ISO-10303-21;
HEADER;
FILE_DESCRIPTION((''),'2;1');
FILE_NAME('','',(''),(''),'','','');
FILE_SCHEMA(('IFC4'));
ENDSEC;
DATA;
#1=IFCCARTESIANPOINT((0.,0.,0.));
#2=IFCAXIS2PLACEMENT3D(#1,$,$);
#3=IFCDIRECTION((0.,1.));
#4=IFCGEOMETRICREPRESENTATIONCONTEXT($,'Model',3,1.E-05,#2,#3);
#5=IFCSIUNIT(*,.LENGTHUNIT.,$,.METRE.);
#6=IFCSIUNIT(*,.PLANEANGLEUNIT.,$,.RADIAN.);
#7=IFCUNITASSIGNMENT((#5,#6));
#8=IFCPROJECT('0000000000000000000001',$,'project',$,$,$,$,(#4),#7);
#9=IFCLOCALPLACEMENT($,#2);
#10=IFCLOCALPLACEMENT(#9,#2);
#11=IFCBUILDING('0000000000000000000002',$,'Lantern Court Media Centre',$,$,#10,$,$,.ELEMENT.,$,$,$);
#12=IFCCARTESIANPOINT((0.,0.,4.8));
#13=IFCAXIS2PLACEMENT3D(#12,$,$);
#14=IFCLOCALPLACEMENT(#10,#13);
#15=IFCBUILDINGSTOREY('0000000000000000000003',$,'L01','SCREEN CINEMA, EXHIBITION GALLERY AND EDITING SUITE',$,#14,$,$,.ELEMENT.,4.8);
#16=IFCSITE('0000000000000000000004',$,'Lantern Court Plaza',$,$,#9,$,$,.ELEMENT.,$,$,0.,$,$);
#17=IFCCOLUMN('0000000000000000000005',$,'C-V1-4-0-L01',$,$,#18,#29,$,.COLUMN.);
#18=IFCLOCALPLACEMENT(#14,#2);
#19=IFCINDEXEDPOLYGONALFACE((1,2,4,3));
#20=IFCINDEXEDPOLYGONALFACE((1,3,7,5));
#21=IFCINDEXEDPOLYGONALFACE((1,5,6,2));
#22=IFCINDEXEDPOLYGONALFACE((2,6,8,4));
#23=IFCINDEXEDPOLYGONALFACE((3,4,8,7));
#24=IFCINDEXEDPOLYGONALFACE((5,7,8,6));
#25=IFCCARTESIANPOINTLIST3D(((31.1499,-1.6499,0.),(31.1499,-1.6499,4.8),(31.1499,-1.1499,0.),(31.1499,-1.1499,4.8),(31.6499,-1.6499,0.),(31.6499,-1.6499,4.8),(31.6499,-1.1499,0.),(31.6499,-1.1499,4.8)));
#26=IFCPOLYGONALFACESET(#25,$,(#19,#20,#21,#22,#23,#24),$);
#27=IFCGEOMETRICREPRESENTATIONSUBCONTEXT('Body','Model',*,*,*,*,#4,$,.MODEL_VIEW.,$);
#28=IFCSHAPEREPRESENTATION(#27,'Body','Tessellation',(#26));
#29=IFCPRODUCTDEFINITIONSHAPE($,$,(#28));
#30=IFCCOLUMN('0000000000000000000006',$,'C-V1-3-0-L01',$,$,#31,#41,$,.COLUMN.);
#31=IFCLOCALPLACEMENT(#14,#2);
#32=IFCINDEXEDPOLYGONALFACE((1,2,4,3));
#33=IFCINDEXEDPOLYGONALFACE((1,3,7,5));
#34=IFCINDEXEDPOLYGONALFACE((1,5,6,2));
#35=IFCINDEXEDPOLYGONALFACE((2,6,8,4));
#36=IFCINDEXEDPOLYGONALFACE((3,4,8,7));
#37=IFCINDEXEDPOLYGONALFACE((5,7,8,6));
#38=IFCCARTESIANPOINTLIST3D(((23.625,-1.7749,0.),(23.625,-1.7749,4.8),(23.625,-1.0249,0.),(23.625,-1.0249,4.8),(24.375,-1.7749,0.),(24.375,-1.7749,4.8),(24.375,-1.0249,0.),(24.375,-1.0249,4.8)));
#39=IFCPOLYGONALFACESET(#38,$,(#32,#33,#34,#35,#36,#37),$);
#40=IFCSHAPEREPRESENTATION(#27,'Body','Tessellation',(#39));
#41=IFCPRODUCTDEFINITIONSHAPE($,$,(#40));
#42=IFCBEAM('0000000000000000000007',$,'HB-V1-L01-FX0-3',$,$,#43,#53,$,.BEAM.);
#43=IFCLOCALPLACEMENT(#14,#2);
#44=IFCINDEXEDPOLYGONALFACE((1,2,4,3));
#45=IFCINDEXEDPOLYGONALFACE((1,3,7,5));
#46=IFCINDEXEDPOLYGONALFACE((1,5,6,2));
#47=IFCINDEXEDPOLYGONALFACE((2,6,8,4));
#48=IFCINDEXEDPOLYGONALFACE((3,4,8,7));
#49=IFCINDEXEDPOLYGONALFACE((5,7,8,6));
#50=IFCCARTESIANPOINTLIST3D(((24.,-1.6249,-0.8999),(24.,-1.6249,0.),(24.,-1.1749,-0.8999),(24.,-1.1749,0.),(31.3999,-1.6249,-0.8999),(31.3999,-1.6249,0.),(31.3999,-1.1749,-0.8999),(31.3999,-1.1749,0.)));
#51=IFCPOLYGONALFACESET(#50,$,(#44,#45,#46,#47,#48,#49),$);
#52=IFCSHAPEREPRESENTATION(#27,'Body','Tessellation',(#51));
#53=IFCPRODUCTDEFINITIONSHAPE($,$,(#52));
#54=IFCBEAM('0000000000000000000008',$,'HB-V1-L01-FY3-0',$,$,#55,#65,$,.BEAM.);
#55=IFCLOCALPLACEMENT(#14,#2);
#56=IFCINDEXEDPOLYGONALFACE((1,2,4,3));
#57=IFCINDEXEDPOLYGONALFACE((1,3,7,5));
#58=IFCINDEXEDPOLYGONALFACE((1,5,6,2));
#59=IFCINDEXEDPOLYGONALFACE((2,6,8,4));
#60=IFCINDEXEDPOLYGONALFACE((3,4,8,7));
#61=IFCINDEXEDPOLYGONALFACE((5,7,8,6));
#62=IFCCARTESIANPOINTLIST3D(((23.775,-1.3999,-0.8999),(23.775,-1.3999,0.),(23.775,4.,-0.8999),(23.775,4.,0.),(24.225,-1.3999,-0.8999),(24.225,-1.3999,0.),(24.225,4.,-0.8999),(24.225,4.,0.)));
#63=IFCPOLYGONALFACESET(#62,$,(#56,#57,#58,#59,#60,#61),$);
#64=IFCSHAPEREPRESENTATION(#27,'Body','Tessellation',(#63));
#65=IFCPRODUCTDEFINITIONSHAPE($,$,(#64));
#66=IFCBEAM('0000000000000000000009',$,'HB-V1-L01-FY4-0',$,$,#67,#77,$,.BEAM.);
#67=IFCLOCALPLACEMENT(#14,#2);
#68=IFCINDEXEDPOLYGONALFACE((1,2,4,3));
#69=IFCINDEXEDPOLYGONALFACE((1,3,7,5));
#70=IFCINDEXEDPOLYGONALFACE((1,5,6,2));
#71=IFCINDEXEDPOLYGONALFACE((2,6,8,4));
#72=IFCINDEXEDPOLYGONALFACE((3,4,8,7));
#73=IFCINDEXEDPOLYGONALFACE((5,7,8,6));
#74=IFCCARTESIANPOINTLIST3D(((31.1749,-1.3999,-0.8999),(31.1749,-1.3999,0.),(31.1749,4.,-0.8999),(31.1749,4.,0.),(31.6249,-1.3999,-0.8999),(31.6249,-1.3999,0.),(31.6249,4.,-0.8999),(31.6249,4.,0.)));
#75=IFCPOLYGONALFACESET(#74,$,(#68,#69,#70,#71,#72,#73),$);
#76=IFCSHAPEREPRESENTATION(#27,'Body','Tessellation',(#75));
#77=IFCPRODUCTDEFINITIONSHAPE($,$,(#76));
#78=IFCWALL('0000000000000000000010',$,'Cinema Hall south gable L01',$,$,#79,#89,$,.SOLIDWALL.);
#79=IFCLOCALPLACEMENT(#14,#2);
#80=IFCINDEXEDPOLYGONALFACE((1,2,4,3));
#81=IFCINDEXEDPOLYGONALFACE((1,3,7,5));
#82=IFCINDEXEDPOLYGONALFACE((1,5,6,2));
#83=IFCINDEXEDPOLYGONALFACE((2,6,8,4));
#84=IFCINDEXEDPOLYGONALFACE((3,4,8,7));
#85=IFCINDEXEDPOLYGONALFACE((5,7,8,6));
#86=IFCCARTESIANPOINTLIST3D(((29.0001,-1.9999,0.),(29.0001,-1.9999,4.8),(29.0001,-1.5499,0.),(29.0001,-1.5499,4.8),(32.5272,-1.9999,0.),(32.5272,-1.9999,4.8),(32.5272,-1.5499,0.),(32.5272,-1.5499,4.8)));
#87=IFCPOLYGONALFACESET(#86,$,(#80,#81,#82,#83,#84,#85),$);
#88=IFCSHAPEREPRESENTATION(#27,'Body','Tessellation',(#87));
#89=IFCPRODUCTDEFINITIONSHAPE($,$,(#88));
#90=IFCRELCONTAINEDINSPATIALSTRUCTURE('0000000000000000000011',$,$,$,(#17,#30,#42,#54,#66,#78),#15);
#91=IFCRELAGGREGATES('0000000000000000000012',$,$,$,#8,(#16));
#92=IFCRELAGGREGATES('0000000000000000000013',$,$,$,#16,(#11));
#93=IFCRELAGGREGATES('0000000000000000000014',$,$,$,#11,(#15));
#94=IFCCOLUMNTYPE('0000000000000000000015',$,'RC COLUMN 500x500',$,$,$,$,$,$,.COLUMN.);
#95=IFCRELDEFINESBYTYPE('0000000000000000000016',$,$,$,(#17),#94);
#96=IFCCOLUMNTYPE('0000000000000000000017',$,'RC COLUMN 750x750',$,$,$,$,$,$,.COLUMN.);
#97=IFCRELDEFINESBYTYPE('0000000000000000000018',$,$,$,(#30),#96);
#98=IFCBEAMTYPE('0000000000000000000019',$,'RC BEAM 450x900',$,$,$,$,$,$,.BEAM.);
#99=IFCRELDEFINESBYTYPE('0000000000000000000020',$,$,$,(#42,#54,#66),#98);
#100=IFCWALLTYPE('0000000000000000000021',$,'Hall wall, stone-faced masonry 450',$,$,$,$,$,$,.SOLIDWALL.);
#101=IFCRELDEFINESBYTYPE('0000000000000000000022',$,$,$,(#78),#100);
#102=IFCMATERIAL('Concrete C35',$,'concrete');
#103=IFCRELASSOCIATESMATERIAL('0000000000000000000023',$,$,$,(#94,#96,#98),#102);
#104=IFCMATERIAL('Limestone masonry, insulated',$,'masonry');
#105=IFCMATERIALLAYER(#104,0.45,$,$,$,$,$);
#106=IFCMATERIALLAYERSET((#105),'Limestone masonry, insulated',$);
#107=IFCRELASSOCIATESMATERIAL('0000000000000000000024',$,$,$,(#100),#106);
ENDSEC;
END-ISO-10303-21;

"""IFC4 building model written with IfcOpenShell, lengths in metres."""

from ifc_helpers import new_model, si_unit, direction, frame, frame_2d, origin, origin_2d, place, context, subcontext, project, spatial, rectangle, extrude, material, layer, layer_set, material_profile, profile_set, type_object, element, save


model = new_model("IFC4")

# Units and contexts
model_context = context("Model", 3, precision=1e-05, world=origin(), true_north=direction((0.0, 1.0)))
body_context = subcontext(model_context, "Body", "Model", "MODEL_VIEW")
ifc_project = project(units=[si_unit("LENGTHUNIT", "METRE"), si_unit("PLANEANGLEUNIT", "RADIAN")], contexts=[model_context])

# Site, building, storey
site_placement = place(None, origin())
site = spatial("IfcSite", under=ifc_project, at=site_placement, Name="Lantern Court Plaza", CompositionType="ELEMENT", RefElevation=0.0)
building_placement = place(site_placement, origin())
building = spatial("IfcBuilding", under=site, at=building_placement, Name="Lantern Court Media Centre", CompositionType="ELEMENT")
storey_placement = place(building_placement, frame((0.0, 0.0, 4.8)))
storey = spatial("IfcBuildingStorey", under=building, at=storey_placement, Name="L01", Description="SCREEN CINEMA, EXHIBITION GALLERY AND EDITING SUITE", CompositionType="ELEMENT", Elevation=4.8)

# Columns
ifc_material_1 = material(Name="Concrete C35", Category="concrete")
ifc_material_profile_1 = material_profile(ifc_material_1, rectangle(XDim=0.5, YDim=0.5, at=origin_2d()), Name="RC 500x500")
ifc_profile_set_1 = profile_set([ifc_material_profile_1], Name="Concrete C35")
column_type_1 = type_object("IfcColumnType", Name="RC COLUMN 500x500", PredefinedType="COLUMN", material=ifc_profile_set_1)
column_1_placement = place(storey_placement, frame((31.3999, -1.3999, 0.0), z_axis=(0.0, 0.0, 1.0), x_axis=(1.0, 0.0, 0.0)))
element("IfcColumn", 1, at=column_1_placement, inside=storey, type_object=column_type_1, Name="C-V1-4-0-L01", PredefinedType="COLUMN", context=body_context, shape_type="SweptSolid", body=[
    extrude(rectangle(XDim=0.5, YDim=0.5, at=origin_2d()), origin(), (0.0, 0.0, 1.0), 4.8),
])
ifc_material_profile_2 = material_profile(ifc_material_1, rectangle(XDim=0.75, YDim=0.75, at=origin_2d()), Name="RC 750x750")
ifc_profile_set_2 = profile_set([ifc_material_profile_2], Name="Concrete C35")
column_type_2 = type_object("IfcColumnType", Name="RC COLUMN 750x750", PredefinedType="COLUMN", material=ifc_profile_set_2)
column_2_placement = place(storey_placement, frame((24.0, -1.3999, 0.0), z_axis=(0.0, 0.0, 1.0), x_axis=(1.0, 0.0, 0.0)))
element("IfcColumn", 2, at=column_2_placement, inside=storey, type_object=column_type_2, Name="C-V1-3-0-L01", PredefinedType="COLUMN", context=body_context, shape_type="SweptSolid", body=[
    extrude(rectangle(XDim=0.75, YDim=0.75, at=origin_2d()), origin(), (0.0, 0.0, 1.0), 4.8),
])

# Beams
ifc_material_profile_3 = material_profile(ifc_material_1, rectangle(XDim=0.45, YDim=0.8999, at=origin_2d()), Name="RC 450x900")
ifc_profile_set_3 = profile_set([ifc_material_profile_3], Name="Concrete C35")
beam_type = type_object("IfcBeamType", Name="RC BEAM 450x900", PredefinedType="BEAM", material=ifc_profile_set_3)
beam_placement = place(storey_placement, frame((24.0, -1.3999, -0.45), z_axis=(1.0, 0.0, 0.0), x_axis=(0.0, 1.0, 0.0)))
element("IfcBeam", 3, at=beam_placement, inside=storey, type_object=beam_type, Name="HB-V1-L01-FX0-3", PredefinedType="BEAM", context=body_context, shape_type="SweptSolid", body=[
    extrude(rectangle(XDim=0.45, YDim=0.8999, at=origin_2d()), origin(), (0.0, 0.0, 1.0), 7.3999),
])
for number, where, z_axis, x_axis, name in (
    (4, (24.0, -1.3999, -0.45), (0.0, 1.0, 0.0), (-1.0, 0.0, 0.0), "HB-V1-L01-FY3-0"),
    (5, (31.3999, -1.3999, -0.45), (0.0, 1.0, 0.0), (-1.0, 0.0, 0.0), "HB-V1-L01-FY4-0"),
):
    element("IfcBeam", number, at=place(storey_placement, frame(where, z_axis=z_axis, x_axis=x_axis)), inside=storey, type_object=beam_type, Name=name, PredefinedType="BEAM", context=body_context, shape_type="SweptSolid", body=[
        extrude(rectangle(XDim=0.45, YDim=0.8999, at=origin_2d()), origin(), (0.0, 0.0, 1.0), 5.3999),
    ])

# Shared definitions
ifc_material_2 = material(Name="Limestone masonry, insulated", Category="masonry")
ifc_layer = layer(ifc_material_2, 0.45)
ifc_layer_set = layer_set([ifc_layer], Name="Limestone masonry, insulated")
wall_type = type_object("IfcWallType", Name="Hall wall, stone-faced masonry 450", PredefinedType="SOLIDWALL", material=ifc_layer_set)

# Wall
wall_1_placement = place(storey_placement, frame((29.0, -1.7749, 0.0), z_axis=(0.0, 0.0, 1.0), x_axis=(1.0, 0.0, 0.0)))
element("IfcWall", 6, at=wall_1_placement, inside=storey, type_object=wall_type, Name="Cinema Hall south gable L01", PredefinedType="SOLIDWALL", context=body_context, shape_type="SweptSolid", body=[
    extrude(rectangle(XDim=3.5271, YDim=0.45, at=frame_2d((1.7637, 0.0))), origin(), (0.0, 0.0, 1.0), 4.8),
])

save(model, "model.ifc")
